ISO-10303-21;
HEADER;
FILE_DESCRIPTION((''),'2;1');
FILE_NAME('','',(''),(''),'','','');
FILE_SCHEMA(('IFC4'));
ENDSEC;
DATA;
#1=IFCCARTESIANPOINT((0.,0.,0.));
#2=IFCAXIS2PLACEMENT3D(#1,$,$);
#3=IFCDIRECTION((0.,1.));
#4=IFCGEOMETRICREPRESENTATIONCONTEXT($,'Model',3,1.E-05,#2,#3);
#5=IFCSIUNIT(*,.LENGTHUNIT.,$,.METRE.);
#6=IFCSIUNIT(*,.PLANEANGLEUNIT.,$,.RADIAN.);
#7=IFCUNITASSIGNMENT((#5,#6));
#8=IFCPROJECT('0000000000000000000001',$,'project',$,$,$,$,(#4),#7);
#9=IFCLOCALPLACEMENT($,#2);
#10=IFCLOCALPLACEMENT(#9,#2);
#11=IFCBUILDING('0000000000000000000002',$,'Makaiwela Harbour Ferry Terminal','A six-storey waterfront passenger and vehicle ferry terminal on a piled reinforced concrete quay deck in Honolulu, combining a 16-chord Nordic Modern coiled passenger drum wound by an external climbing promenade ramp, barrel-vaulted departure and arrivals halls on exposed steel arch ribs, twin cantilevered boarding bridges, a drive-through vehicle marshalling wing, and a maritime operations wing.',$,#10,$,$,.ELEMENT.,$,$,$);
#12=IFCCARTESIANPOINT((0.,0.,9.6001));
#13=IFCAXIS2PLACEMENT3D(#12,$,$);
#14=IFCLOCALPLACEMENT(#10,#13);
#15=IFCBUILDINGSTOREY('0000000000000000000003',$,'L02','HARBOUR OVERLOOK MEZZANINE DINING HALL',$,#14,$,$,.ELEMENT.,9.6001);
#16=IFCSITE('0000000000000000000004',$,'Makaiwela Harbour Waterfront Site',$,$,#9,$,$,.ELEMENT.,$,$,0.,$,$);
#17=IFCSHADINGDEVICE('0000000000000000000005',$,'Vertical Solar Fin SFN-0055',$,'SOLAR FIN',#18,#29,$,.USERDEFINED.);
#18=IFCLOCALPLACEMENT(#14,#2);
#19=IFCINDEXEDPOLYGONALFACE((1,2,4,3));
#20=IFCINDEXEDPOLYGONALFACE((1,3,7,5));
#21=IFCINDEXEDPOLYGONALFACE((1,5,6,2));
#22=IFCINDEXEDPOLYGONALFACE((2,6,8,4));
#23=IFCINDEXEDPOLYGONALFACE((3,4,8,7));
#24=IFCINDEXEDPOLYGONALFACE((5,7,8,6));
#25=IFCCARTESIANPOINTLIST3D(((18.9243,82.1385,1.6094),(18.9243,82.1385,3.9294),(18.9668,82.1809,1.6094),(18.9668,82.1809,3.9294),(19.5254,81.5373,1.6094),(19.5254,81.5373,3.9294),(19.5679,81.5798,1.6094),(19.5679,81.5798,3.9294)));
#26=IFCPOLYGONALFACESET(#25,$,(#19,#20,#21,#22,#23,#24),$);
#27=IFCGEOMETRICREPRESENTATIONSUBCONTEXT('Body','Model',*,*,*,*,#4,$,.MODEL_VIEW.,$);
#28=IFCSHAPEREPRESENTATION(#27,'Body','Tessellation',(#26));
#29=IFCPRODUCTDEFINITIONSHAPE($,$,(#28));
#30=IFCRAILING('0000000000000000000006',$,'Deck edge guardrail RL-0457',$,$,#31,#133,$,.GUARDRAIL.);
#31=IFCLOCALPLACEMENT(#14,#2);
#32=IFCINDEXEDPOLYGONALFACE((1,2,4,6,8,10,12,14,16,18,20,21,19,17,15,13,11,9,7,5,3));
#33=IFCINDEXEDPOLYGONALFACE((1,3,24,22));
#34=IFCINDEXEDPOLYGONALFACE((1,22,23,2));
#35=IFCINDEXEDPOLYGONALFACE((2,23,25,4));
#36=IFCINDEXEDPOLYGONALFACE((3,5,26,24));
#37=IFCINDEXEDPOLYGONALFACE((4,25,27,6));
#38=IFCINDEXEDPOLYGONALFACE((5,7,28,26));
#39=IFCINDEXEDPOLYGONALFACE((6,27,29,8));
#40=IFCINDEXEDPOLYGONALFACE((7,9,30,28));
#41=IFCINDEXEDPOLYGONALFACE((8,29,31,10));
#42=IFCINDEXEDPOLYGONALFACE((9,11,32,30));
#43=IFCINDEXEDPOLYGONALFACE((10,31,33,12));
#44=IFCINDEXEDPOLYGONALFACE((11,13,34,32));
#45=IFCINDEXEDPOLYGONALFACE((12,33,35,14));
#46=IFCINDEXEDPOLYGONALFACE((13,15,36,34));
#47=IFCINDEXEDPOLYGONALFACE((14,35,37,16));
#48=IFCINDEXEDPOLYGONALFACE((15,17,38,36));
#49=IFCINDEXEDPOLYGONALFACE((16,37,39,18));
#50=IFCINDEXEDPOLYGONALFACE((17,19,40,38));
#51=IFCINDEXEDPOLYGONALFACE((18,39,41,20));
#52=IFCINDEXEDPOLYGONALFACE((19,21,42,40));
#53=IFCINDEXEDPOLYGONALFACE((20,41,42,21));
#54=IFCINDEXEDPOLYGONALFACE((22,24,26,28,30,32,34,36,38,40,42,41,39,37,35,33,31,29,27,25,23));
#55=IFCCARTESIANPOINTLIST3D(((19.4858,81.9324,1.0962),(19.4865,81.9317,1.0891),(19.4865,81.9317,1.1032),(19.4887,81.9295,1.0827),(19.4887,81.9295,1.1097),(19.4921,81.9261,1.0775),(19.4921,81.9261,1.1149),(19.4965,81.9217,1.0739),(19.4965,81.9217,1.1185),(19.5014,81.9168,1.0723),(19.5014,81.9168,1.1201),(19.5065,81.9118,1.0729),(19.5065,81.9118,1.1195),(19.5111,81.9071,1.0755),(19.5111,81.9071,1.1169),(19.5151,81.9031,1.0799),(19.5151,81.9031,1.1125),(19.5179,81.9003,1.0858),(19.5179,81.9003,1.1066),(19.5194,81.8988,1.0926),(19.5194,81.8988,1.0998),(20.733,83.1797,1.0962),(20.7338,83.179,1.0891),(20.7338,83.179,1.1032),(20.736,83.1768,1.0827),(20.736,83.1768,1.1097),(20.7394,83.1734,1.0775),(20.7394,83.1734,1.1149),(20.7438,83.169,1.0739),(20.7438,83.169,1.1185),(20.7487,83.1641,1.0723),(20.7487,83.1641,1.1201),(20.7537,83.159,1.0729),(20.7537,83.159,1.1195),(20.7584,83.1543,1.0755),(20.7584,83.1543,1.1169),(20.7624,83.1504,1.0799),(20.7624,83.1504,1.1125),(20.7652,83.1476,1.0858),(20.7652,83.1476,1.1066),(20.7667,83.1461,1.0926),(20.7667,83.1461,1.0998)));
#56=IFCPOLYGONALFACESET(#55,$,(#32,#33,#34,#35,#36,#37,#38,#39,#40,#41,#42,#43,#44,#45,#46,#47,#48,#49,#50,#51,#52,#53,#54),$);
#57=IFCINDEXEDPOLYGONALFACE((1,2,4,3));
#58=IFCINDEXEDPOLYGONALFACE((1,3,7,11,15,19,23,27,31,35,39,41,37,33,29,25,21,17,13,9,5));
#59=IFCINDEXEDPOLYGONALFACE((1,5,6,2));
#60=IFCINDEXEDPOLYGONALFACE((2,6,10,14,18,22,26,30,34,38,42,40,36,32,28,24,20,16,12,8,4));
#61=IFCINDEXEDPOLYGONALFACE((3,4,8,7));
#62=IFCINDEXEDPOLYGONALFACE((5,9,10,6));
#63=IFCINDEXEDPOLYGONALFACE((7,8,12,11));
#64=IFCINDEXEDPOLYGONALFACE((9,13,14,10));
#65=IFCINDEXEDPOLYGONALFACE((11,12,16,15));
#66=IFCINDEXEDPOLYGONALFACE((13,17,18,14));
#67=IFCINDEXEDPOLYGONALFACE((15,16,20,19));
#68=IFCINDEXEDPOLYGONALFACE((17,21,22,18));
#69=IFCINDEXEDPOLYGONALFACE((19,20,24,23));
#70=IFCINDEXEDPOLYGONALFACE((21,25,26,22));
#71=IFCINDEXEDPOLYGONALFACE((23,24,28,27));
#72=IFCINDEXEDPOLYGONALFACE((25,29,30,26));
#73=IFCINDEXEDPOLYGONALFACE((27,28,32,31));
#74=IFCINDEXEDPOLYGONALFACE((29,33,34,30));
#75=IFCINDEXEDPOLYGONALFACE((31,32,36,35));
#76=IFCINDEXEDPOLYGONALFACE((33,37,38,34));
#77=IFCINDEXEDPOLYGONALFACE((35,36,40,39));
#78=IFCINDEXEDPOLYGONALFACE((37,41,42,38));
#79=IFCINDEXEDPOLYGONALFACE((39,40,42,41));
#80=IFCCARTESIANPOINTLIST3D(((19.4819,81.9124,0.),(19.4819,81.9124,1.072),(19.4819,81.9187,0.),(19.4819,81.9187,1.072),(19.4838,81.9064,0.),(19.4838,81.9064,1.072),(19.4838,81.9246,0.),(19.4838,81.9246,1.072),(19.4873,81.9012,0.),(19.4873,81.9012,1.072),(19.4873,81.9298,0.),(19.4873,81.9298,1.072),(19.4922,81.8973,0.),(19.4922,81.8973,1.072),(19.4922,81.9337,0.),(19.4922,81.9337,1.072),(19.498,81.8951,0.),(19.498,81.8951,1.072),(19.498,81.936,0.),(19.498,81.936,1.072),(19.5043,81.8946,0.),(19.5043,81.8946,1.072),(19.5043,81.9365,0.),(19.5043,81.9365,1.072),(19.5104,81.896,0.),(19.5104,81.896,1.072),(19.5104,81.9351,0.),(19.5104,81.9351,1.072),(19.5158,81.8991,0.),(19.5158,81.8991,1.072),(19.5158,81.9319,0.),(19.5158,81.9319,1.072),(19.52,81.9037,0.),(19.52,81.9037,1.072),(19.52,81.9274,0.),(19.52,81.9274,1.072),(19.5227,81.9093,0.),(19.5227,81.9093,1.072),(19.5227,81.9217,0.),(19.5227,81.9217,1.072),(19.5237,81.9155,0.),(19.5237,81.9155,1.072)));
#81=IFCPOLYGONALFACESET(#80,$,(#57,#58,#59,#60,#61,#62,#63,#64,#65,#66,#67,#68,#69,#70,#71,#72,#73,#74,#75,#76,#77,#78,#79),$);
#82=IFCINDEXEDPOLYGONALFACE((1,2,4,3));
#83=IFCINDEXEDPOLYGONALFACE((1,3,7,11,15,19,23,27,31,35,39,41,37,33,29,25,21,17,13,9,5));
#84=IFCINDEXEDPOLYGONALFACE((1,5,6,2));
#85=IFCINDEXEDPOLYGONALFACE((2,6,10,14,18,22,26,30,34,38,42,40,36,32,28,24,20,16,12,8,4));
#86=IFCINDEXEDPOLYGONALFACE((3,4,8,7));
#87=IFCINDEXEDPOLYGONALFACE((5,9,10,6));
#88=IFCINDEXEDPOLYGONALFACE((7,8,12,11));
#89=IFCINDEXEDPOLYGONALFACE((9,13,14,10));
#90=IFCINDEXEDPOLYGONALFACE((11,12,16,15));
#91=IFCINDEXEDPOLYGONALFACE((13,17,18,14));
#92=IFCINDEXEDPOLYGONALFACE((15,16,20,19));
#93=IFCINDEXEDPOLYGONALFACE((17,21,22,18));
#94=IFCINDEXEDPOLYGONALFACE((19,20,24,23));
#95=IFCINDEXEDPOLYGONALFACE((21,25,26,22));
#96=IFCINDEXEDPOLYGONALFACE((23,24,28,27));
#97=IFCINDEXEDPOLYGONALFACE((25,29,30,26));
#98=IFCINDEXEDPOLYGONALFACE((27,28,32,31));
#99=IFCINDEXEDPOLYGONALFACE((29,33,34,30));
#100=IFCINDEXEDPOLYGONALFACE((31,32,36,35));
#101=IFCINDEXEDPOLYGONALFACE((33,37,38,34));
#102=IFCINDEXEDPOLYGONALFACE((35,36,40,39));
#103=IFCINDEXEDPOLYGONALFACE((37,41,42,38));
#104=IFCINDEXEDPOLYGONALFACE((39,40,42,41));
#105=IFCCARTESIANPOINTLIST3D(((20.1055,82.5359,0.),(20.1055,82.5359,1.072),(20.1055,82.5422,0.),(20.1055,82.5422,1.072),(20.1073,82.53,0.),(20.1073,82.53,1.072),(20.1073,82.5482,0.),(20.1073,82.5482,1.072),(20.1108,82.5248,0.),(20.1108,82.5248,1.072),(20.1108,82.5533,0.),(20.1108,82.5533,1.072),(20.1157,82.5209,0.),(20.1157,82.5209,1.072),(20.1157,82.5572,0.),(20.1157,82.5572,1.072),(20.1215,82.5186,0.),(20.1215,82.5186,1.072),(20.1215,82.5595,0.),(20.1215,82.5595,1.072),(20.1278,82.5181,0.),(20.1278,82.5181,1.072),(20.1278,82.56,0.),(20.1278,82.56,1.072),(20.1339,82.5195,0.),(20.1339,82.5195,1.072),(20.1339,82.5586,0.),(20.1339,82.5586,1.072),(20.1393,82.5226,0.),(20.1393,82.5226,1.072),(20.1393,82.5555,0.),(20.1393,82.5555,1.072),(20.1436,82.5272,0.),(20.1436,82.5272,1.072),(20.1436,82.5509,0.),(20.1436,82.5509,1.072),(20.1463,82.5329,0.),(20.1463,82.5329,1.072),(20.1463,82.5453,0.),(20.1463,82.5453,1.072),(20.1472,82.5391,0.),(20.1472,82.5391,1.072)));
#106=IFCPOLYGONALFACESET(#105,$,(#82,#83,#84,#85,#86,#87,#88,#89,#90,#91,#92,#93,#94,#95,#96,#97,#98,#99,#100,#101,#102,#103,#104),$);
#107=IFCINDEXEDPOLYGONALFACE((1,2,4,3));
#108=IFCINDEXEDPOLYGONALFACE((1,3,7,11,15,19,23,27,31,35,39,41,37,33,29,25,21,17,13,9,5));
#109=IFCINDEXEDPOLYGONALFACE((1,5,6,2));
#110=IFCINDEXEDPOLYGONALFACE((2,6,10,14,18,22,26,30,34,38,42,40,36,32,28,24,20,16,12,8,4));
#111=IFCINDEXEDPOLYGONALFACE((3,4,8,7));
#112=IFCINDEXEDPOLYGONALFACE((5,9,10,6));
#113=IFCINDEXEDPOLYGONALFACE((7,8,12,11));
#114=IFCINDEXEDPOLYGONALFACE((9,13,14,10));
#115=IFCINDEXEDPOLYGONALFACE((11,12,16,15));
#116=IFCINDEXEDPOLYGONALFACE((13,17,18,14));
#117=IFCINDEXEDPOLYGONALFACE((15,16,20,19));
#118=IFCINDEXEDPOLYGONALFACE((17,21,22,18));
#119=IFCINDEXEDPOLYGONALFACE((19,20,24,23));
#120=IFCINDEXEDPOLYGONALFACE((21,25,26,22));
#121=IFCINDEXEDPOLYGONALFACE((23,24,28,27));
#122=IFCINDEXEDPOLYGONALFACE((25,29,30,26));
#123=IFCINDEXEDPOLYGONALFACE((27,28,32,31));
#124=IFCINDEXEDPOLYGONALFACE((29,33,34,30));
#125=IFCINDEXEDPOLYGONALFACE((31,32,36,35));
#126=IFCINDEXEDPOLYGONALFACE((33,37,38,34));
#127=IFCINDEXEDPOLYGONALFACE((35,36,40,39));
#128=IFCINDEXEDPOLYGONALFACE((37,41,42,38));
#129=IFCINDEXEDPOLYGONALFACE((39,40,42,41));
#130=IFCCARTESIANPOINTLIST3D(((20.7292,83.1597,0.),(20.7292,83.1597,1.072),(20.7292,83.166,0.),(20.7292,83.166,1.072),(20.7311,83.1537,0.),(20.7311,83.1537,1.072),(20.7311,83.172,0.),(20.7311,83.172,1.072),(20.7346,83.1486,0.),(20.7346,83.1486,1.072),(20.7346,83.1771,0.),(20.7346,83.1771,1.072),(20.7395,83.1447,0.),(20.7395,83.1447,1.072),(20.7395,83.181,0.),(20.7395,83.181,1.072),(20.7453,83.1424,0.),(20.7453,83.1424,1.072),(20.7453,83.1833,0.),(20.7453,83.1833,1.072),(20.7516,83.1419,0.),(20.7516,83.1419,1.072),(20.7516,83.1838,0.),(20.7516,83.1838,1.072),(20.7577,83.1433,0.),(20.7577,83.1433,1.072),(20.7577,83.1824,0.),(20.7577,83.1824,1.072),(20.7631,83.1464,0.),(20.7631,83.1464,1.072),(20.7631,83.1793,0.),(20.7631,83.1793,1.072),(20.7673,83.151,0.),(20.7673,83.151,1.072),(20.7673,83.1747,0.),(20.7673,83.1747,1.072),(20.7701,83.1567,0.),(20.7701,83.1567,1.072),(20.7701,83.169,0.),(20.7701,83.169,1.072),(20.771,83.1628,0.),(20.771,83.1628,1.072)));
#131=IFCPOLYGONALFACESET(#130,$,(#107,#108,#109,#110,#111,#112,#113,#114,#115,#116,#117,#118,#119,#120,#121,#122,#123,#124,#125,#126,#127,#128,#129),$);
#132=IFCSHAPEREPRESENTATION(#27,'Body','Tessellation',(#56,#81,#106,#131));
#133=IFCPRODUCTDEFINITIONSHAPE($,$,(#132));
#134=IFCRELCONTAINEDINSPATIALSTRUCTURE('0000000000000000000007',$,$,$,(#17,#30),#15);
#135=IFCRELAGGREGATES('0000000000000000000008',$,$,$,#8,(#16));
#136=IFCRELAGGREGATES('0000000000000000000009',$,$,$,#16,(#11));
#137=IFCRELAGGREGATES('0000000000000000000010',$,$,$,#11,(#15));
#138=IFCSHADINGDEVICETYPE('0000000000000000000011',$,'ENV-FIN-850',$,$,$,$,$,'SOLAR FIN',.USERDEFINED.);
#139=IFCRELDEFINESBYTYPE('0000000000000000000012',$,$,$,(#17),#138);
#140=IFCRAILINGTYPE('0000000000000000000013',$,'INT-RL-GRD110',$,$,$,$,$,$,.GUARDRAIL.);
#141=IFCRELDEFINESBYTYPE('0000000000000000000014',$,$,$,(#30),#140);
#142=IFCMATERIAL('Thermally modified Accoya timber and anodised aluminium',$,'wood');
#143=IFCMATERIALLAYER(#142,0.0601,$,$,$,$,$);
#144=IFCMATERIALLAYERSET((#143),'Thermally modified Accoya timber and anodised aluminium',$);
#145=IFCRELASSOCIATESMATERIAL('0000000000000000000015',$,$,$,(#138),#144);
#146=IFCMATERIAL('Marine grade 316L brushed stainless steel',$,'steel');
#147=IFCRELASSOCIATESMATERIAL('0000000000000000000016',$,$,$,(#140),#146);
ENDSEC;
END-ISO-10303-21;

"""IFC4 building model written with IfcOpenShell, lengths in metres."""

from ifc_helpers import new_model, si_unit, direction, frame, origin, origin_2d, place, context, subcontext, project, spatial, rectangle, circle, extrude, material, layer, layer_set, type_object, element, save


model = new_model("IFC4")

# Units and contexts
model_context = context("Model", 3, precision=1e-05, world=origin(), true_north=direction((0.0, 1.0)))
body_context = subcontext(model_context, "Body", "Model", "MODEL_VIEW")
ifc_project = project(units=[si_unit("LENGTHUNIT", "METRE"), si_unit("PLANEANGLEUNIT", "RADIAN")], contexts=[model_context])

# Site, building, storey
site_placement = place(None, origin())
site = spatial("IfcSite", under=ifc_project, at=site_placement, Name="Makaiwela Harbour Waterfront Site", CompositionType="ELEMENT", RefElevation=0.0)
building_placement = place(site_placement, origin())
building = spatial("IfcBuilding", under=site, at=building_placement, Name="Makaiwela Harbour Ferry Terminal", Description="A six-storey waterfront passenger and vehicle ferry terminal on a piled reinforced concrete quay deck in Honolulu, combining a 16-chord Nordic Modern coiled passenger drum wound by an external climbing promenade ramp, barrel-vaulted departure and arrivals halls on exposed steel arch ribs, twin cantilevered boarding bridges, a drive-through vehicle marshalling wing, and a maritime operations wing.", CompositionType="ELEMENT")
storey_placement = place(building_placement, frame((0.0, 0.0, 9.6001)))
storey = spatial("IfcBuildingStorey", under=building, at=storey_placement, Name="L02", Description="HARBOUR OVERLOOK MEZZANINE DINING HALL", CompositionType="ELEMENT", Elevation=9.6001)

# Shading device
ifc_material_1 = material(Name="Thermally modified Accoya timber and anodised aluminium", Category="wood")
ifc_layer_1 = layer(ifc_material_1, 0.0601)
ifc_layer_set_1 = layer_set([ifc_layer_1], Name="Thermally modified Accoya timber and anodised aluminium")
shading_device_type = type_object("IfcShadingDeviceType", Name="ENV-FIN-850", ElementType="SOLAR FIN", PredefinedType="USERDEFINED", material=ifc_layer_set_1)
shading_device_placement = place(storey_placement, frame((19.2461, 81.8591, 1.6094), z_axis=(0.0, 0.0, 1.0), x_axis=(-0.707107, 0.707107, 0.0)))
element("IfcShadingDevice", 1, at=shading_device_placement, inside=storey, type_object=shading_device_type, Name="Vertical Solar Fin SFN-0055", ObjectType="SOLAR FIN", PredefinedType="USERDEFINED", context=body_context, shape_type="SweptSolid", body=[
    extrude(rectangle(XDim=0.8501, YDim=0.0601, at=origin_2d()), origin(), (0.0, 0.0, 1.0), 2.3201),
])

# Railing
ifc_material_2 = material(Name="Marine grade 316L brushed stainless steel", Category="steel")
railing_type = type_object("IfcRailingType", Name="INT-RL-GRD110", PredefinedType="GUARDRAIL", material=ifc_material_2)
railing_placement = place(storey_placement, frame((19.5027, 81.9155, 0.0)))
element("IfcRailing", 2, at=railing_placement, inside=storey, type_object=railing_type, Name="Deck edge guardrail RL-0457", PredefinedType="GUARDRAIL", context=body_context, shape_type="SweptSolid", body=[
    extrude(circle(Radius=0.0239, at=origin_2d()), frame((0.0, 0.0, 1.0962), z_axis=(0.707107, 0.707107, 0.0), x_axis=(-0.707107, 0.707107, 0.0)), (0.0, 0.0, 1.0), 1.7639),
    extrude(circle(Radius=0.021, at=origin_2d()), origin(), (0.0, 0.0, 1.0), 1.072),
    extrude(circle(Radius=0.021, at=origin_2d()), frame((0.6235, 0.6235, 0.0)), (0.0, 0.0, 1.0), 1.072),
    extrude(circle(Radius=0.021, at=origin_2d()), frame((1.2473, 1.2473, 0.0)), (0.0, 0.0, 1.0), 1.072),
])

save(model, "model.ifc")
